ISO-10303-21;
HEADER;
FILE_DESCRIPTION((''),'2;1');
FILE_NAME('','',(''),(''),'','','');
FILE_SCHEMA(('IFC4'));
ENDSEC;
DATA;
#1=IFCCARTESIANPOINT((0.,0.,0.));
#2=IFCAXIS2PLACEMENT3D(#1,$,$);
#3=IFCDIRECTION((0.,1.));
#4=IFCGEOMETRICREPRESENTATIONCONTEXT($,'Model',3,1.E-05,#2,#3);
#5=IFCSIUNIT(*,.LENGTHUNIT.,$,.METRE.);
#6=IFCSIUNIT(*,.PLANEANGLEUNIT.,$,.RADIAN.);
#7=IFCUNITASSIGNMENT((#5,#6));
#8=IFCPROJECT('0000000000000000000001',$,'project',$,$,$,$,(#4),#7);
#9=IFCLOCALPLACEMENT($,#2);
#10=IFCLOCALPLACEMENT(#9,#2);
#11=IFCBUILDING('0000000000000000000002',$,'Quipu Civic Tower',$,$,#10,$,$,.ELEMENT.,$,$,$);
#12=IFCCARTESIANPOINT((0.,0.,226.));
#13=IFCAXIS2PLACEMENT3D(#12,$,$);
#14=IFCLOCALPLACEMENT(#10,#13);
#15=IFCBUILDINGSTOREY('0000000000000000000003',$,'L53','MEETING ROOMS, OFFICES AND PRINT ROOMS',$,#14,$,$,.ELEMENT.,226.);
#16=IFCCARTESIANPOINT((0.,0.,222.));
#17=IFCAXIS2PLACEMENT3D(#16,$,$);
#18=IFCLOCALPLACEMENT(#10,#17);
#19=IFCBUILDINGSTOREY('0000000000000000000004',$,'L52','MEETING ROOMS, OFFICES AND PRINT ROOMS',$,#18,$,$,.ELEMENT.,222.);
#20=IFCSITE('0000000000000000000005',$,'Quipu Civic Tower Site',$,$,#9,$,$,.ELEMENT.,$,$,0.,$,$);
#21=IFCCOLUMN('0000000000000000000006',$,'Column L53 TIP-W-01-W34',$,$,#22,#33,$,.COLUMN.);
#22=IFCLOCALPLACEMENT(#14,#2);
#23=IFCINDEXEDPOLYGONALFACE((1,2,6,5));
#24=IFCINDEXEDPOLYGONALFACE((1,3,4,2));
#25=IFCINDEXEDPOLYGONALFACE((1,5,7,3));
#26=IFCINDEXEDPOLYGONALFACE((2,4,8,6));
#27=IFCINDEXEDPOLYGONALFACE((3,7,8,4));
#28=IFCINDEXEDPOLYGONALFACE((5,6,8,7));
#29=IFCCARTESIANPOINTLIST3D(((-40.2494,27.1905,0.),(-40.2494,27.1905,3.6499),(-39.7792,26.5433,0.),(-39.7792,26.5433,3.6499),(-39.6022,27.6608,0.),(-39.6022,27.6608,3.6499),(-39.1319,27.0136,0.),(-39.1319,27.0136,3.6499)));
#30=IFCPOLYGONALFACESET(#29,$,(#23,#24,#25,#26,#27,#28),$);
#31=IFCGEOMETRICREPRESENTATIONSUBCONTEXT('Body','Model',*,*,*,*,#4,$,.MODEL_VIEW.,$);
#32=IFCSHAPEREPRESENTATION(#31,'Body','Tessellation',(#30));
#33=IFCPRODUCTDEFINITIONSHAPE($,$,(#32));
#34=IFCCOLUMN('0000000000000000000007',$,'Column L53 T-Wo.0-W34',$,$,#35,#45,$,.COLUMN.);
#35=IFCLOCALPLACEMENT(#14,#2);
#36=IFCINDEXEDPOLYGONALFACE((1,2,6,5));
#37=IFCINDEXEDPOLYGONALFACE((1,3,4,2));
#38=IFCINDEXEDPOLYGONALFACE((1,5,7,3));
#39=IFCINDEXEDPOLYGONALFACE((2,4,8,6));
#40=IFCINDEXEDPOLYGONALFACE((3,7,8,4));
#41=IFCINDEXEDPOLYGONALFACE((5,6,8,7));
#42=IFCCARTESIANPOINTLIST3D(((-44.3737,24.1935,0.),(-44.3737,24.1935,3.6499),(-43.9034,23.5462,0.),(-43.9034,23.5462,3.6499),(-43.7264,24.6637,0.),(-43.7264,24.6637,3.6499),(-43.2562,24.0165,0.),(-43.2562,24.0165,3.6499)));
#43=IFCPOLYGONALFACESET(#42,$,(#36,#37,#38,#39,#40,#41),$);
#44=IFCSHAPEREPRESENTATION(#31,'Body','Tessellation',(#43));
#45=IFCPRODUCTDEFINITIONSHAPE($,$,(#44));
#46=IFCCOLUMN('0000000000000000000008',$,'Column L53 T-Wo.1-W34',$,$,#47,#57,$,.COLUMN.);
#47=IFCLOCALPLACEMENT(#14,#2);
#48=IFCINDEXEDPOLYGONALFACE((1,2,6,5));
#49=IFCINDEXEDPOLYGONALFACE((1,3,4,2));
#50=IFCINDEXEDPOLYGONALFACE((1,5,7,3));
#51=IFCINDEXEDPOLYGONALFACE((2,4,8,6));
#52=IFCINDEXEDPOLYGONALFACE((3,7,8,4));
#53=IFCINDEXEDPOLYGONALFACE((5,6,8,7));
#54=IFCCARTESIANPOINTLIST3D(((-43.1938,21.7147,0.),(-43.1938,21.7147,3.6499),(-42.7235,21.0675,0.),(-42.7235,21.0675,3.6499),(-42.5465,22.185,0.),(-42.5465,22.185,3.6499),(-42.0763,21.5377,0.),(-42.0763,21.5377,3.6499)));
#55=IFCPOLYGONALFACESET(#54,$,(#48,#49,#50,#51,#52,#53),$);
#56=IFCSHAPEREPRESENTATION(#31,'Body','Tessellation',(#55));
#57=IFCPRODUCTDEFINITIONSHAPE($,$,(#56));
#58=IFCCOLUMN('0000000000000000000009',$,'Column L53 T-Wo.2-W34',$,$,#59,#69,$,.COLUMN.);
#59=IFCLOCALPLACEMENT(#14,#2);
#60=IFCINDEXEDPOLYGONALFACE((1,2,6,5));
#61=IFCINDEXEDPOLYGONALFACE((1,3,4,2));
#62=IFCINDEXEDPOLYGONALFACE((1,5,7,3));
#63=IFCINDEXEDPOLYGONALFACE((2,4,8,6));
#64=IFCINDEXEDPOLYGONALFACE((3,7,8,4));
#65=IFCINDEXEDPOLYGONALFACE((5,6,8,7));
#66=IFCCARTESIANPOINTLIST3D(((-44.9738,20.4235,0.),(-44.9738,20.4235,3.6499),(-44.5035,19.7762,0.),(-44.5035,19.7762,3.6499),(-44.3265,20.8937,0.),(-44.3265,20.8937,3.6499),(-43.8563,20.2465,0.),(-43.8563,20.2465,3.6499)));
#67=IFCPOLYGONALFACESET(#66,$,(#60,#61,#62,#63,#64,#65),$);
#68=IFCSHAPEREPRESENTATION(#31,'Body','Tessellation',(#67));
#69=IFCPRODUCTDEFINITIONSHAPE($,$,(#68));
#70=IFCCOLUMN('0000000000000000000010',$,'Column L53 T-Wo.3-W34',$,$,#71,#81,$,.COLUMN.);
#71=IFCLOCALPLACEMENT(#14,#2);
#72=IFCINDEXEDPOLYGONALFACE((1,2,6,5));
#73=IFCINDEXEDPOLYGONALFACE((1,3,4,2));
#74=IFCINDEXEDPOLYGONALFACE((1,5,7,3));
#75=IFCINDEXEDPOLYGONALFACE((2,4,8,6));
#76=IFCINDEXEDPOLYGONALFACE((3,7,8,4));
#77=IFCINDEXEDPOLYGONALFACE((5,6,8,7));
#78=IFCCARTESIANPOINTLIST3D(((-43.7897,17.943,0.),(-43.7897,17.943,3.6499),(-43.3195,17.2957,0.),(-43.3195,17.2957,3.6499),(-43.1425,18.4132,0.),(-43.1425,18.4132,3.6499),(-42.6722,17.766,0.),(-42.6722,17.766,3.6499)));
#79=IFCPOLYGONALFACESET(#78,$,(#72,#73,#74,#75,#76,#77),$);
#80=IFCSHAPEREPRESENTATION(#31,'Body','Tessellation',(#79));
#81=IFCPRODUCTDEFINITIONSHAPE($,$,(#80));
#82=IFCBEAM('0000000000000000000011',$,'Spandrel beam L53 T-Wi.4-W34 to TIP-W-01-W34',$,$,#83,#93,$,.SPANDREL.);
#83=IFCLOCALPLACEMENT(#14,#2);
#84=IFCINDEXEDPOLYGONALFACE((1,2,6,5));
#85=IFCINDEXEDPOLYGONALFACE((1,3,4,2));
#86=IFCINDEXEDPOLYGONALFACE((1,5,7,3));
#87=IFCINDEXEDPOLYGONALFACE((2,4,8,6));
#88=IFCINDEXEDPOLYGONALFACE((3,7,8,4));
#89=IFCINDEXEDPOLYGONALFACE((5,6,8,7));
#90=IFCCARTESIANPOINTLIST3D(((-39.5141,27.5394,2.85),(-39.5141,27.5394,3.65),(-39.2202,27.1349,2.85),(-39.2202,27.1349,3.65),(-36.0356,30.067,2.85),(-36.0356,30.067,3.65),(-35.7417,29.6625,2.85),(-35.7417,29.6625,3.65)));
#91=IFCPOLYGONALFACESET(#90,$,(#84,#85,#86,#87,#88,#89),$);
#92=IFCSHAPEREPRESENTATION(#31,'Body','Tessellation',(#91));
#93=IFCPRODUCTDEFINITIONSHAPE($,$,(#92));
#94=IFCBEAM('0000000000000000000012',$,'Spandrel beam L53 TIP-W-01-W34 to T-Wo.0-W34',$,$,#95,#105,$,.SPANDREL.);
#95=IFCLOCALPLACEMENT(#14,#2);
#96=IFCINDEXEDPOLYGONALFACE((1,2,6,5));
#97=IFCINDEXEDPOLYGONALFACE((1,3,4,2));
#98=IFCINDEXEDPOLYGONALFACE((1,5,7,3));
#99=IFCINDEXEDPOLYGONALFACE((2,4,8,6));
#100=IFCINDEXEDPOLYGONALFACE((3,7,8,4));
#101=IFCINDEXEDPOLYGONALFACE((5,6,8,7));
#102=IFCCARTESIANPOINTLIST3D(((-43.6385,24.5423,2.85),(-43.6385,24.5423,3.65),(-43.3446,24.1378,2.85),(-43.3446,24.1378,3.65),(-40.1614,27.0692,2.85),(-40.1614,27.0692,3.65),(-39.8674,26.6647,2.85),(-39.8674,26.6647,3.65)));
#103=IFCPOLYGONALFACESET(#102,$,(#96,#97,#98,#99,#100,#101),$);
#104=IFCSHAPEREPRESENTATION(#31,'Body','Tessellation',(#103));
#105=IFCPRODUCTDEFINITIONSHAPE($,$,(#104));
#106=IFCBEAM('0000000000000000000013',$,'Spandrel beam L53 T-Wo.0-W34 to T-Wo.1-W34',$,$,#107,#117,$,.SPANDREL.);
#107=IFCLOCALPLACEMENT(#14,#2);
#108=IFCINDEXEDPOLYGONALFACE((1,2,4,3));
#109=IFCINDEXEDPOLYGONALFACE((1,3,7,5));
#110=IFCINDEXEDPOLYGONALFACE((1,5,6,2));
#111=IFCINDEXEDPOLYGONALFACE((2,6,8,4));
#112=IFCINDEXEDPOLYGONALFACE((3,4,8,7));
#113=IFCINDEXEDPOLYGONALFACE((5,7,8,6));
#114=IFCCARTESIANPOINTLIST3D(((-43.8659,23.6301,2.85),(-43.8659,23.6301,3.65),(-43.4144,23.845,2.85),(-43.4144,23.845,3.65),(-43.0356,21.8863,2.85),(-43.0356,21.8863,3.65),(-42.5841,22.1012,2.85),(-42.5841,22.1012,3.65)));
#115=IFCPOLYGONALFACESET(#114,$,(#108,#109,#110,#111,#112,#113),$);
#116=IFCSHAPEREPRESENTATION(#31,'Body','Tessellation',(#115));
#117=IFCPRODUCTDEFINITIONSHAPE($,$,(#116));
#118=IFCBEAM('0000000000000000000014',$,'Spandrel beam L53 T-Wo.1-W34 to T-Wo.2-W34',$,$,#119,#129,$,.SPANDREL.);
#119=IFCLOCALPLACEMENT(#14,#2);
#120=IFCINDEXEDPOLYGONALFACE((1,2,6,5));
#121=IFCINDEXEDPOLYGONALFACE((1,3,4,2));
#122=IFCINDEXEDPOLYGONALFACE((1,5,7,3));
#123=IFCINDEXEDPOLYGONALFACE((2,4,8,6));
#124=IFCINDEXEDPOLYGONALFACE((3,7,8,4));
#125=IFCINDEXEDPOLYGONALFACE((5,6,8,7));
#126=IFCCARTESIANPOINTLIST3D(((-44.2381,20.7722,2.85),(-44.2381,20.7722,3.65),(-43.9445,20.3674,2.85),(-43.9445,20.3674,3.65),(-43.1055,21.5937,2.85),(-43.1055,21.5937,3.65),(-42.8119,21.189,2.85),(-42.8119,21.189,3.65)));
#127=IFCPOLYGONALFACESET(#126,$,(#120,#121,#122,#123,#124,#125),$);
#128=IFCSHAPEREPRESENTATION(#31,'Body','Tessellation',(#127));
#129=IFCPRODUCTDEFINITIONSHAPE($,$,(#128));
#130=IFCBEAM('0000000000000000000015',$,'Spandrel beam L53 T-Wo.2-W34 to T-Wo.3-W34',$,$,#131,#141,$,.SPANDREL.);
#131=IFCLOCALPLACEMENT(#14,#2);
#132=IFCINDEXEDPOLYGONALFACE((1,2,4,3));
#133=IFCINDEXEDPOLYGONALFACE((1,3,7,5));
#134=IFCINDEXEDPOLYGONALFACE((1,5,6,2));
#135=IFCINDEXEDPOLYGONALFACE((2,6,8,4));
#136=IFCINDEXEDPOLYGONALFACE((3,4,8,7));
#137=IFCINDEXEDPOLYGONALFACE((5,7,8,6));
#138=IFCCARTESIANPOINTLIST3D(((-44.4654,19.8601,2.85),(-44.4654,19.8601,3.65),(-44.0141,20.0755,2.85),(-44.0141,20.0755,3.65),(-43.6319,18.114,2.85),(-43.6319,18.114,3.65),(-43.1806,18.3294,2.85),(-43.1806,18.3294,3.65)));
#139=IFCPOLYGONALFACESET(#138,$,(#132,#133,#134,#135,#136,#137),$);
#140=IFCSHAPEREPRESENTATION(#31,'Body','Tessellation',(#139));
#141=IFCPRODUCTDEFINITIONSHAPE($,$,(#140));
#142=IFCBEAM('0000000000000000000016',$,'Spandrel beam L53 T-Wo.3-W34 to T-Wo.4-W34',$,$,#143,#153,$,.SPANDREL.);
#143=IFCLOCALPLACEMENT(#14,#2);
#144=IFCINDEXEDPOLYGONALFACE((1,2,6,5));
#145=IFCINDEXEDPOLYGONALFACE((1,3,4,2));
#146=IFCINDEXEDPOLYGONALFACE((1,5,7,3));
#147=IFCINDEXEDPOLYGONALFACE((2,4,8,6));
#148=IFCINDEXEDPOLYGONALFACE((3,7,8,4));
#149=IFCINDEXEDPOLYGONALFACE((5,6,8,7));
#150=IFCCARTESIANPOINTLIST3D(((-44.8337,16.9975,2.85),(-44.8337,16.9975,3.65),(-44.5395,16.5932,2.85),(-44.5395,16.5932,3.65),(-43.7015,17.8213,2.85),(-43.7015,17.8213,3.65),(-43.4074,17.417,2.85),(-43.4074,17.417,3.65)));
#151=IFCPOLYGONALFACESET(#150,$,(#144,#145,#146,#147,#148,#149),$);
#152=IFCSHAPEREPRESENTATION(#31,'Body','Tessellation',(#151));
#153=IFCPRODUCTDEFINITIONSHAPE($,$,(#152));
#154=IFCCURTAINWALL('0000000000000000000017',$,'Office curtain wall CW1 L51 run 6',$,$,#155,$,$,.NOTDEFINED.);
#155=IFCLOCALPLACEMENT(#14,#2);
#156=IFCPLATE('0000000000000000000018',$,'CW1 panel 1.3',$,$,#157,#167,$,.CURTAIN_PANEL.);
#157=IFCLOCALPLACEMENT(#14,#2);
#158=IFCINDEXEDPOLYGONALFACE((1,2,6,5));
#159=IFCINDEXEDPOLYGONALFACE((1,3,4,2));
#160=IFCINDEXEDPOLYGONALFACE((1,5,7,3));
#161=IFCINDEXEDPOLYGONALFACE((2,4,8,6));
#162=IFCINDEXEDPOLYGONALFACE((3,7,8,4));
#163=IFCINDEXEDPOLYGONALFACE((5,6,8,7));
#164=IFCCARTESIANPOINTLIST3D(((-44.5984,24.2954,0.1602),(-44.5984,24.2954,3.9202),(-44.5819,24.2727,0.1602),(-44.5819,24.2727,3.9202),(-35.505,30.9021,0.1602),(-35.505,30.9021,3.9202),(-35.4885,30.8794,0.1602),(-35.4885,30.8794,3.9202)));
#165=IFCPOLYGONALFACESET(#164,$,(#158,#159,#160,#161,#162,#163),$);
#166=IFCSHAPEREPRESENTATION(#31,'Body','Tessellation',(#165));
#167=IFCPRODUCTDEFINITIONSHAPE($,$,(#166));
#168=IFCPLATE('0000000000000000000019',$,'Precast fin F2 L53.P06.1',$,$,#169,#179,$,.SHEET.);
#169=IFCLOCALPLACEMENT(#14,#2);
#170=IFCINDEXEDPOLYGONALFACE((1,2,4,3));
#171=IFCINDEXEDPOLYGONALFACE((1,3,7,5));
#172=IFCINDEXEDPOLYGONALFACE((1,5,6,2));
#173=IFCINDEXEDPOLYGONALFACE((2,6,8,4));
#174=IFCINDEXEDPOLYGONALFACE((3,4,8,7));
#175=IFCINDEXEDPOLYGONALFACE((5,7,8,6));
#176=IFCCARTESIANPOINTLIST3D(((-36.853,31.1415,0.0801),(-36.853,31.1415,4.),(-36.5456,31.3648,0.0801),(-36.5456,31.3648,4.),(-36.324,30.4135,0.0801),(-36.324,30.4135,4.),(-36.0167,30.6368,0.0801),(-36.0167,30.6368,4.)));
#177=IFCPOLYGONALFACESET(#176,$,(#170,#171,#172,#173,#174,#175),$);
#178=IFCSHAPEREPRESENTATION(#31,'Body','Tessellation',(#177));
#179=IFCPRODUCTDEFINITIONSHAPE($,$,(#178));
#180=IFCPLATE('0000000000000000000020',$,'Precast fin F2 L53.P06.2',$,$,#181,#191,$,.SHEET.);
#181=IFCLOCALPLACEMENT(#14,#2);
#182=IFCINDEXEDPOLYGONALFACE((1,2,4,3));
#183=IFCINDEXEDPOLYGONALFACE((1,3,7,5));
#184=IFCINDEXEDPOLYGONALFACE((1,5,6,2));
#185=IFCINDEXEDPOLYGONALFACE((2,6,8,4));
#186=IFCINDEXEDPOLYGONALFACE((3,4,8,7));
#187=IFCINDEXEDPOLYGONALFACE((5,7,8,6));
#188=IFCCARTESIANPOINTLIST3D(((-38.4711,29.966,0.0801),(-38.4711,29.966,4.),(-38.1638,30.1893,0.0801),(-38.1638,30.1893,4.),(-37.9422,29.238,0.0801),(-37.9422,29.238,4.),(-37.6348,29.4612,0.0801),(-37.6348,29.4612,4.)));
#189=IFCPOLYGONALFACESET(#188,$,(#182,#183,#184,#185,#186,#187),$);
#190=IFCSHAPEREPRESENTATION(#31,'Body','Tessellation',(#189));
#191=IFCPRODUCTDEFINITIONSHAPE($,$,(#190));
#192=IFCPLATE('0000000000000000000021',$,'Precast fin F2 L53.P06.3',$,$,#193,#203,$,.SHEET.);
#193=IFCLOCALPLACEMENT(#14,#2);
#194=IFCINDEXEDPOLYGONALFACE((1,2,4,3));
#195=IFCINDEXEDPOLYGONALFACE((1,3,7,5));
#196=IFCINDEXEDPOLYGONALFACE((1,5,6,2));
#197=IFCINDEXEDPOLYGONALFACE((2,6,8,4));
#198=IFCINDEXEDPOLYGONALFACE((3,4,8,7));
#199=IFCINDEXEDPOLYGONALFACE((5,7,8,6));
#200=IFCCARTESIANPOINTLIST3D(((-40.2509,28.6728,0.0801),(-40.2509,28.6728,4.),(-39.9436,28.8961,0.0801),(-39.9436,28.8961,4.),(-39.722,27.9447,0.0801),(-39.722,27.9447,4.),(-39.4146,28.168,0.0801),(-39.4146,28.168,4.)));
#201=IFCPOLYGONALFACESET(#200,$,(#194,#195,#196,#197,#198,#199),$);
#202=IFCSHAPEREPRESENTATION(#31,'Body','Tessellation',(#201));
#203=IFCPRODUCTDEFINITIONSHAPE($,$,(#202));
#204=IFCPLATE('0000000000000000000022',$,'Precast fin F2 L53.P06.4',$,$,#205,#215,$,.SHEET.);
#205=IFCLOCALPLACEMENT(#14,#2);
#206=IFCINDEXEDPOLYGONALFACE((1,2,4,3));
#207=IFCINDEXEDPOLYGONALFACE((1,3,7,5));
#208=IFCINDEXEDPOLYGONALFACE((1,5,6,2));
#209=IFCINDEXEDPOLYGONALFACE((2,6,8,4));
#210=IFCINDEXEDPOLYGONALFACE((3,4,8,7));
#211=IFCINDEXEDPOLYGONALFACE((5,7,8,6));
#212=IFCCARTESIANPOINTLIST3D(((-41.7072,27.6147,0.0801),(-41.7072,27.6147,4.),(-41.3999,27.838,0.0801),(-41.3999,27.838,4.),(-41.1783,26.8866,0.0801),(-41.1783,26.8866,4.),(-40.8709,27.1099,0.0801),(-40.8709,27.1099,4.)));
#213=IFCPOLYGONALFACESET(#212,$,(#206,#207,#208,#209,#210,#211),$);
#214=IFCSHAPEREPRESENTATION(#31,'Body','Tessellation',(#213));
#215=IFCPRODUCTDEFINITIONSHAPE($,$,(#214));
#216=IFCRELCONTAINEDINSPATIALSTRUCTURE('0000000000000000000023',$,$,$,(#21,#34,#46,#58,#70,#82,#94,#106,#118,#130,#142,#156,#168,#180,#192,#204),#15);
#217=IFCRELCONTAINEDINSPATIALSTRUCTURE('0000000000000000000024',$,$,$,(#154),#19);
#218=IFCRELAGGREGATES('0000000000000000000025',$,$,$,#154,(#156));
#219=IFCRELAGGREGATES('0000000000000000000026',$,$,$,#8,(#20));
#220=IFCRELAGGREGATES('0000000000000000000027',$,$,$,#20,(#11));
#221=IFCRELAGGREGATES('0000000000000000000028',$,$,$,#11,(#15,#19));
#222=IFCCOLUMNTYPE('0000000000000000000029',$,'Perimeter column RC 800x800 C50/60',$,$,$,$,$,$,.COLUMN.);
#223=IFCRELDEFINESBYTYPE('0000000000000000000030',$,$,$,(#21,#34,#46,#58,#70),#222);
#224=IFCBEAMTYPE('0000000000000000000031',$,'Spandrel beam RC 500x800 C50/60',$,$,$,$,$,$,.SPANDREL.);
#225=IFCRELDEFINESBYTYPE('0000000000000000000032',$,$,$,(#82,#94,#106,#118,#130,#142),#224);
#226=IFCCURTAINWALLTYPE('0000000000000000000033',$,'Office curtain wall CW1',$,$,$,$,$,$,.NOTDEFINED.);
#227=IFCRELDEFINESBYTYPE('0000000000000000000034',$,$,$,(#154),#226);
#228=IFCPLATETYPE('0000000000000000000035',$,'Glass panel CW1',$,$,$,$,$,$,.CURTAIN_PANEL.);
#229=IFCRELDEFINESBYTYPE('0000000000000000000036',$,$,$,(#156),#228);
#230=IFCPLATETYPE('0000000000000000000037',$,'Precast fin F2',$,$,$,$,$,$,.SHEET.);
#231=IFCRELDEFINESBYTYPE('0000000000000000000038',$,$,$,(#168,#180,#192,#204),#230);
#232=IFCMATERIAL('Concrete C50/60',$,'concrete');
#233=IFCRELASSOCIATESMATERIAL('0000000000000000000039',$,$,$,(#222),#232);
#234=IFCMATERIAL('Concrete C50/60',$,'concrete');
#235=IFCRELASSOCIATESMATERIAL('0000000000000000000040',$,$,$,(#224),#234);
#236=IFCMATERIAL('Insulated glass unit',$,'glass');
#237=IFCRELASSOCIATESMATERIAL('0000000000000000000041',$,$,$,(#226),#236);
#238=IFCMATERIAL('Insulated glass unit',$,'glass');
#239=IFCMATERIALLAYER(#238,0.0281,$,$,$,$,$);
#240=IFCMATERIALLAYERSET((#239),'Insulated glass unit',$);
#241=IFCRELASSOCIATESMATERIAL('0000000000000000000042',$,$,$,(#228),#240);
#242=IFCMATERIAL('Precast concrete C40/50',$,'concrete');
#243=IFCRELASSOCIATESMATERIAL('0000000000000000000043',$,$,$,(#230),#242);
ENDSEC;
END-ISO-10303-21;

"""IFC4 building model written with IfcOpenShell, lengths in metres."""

from ifc_helpers import new_model, si_unit, direction, frame, origin, origin_2d, place, context, subcontext, project, spatial, rectangle, extrude, material, layer, layer_set, material_profile, profile_set, type_object, element, aggregate, save


model = new_model("IFC4")

# Units and contexts
model_context = context("Model", 3, precision=1e-05, world=origin(), true_north=direction((0.0, 1.0)))
body_context = subcontext(model_context, "Body", "Model", "MODEL_VIEW")
ifc_project = project(units=[si_unit("LENGTHUNIT", "METRE"), si_unit("PLANEANGLEUNIT", "RADIAN")], contexts=[model_context])

# Site, building, storey
site_placement = place(None, origin())
site = spatial("IfcSite", under=ifc_project, at=site_placement, Name="Quipu Civic Tower Site", CompositionType="ELEMENT", RefElevation=0.0)
building_placement = place(site_placement, origin())
building = spatial("IfcBuilding", under=site, at=building_placement, Name="Quipu Civic Tower", CompositionType="ELEMENT")
storey_1_placement = place(building_placement, frame((0.0, 0.0, 226.0)))
storey_1 = spatial("IfcBuildingStorey", under=building, at=storey_1_placement, Name="L53", Description="MEETING ROOMS, OFFICES AND PRINT ROOMS", CompositionType="ELEMENT", Elevation=226.0)

# Columns
ifc_material_1 = material(Name="Concrete C50/60", Category="concrete")
ifc_material_profile_1 = material_profile(ifc_material_1, rectangle(XDim=0.8, YDim=0.8, at=origin_2d()), Name="RC800x800")
ifc_profile_set_1 = profile_set([ifc_material_profile_1], Name="Concrete C50/60")
column_type = type_object("IfcColumnType", Name="Perimeter column RC 800x800 C50/60", PredefinedType="COLUMN", material=ifc_profile_set_1)
for number, where, z_axis, x_axis, name in (
    (1, (-39.6907, 27.1021, 0.0), (0.0, 0.0, 1.0), (-0.809017, -0.587785, 0.0), "Column L53 TIP-W-01-W34"),
    (2, (-43.8149, 24.105, 0.0), (0.0, 0.0, 1.0), (-0.809017, -0.587785, 0.0), "Column L53 T-Wo.0-W34"),
    (3, (-42.635, 21.6262, 0.0), (0.0, 0.0, 1.0), (-0.809017, -0.587785, 0.0), "Column L53 T-Wo.1-W34"),
    (4, (-44.415, 20.335, 0.0), (0.0, 0.0, 1.0), (0.587785, -0.809017, 0.0), "Column L53 T-Wo.2-W34"),
    (5, (-43.231, 17.8545, 0.0), (0.0, 0.0, 1.0), (0.587785, -0.809017, 0.0), "Column L53 T-Wo.3-W34"),
):
    element("IfcColumn", number, at=place(storey_1_placement, frame(where, z_axis=z_axis, x_axis=x_axis)), inside=storey_1, type_object=column_type, Name=name, PredefinedType="COLUMN", context=body_context, shape_type="SweptSolid", body=[
        extrude(rectangle(XDim=0.8, YDim=0.8, at=origin_2d()), origin(), (0.0, 0.0, 1.0), 3.6499),
    ])

# Beams
ifc_material_2 = material(Name="Concrete C50/60", Category="concrete")
ifc_material_profile_2 = material_profile(ifc_material_2, rectangle(XDim=0.5, YDim=0.8, at=origin_2d()), Name="RC500x800")
ifc_profile_set_2 = profile_set([ifc_material_profile_2], Name="Concrete C50/60")
beam_type = type_object("IfcBeamType", Name="Spandrel beam RC 500x800 C50/60", PredefinedType="SPANDREL", material=ifc_profile_set_2)
beam_1_placement = place(storey_1_placement, frame((-35.8887, 29.8647, 3.25), z_axis=(-0.808984, -0.587831, 0.0), x_axis=(0.587831, -0.808984, 0.0)))
element("IfcBeam", 6, at=beam_1_placement, inside=storey_1, type_object=beam_type, Name="Spandrel beam L53 T-Wi.4-W34 to TIP-W-01-W34", PredefinedType="SPANDREL", context=body_context, shape_type="SweptSolid", body=[
    extrude(rectangle(XDim=0.5, YDim=0.8, at=origin_2d()), origin(), (0.0, 0.0, 1.0), 4.2998),
])
beam_2_placement = place(storey_1_placement, frame((-40.0144, 26.8669, 3.25), z_axis=(-0.808947, -0.587881, 0.0), x_axis=(0.587881, -0.808947, 0.0)))
element("IfcBeam", 7, at=beam_2_placement, inside=storey_1, type_object=beam_type, Name="Spandrel beam L53 TIP-W-01-W34 to T-Wo.0-W34", PredefinedType="SPANDREL", context=body_context, shape_type="SweptSolid", body=[
    extrude(rectangle(XDim=0.5, YDim=0.8, at=origin_2d()), origin(), (0.0, 0.0, 1.0), 4.2983),
])
beam_3_placement = place(storey_1_placement, frame((-43.6401, 23.7375, 3.25), z_axis=(0.429889, -0.902882, 0.0), x_axis=(0.902882, 0.429889, 0.0)))
element("IfcBeam", 8, at=beam_3_placement, inside=storey_1, type_object=beam_type, Name="Spandrel beam L53 T-Wo.0-W34 to T-Wo.1-W34", PredefinedType="SPANDREL", context=body_context, shape_type="SweptSolid", body=[
    extrude(rectangle(XDim=0.5, YDim=0.8, at=origin_2d()), origin(), (0.0, 0.0, 1.0), 1.9314),
])
beam_4_placement = place(storey_1_placement, frame((-42.9587, 21.3914, 3.25), z_axis=(-0.809467, -0.587165, 0.0), x_axis=(0.587165, -0.809467, 0.0)))
element("IfcBeam", 9, at=beam_4_placement, inside=storey_1, type_object=beam_type, Name="Spandrel beam L53 T-Wo.1-W34 to T-Wo.2-W34", PredefinedType="SPANDREL", context=body_context, shape_type="SweptSolid", body=[
    extrude(rectangle(XDim=0.5, YDim=0.8, at=origin_2d()), origin(), (0.0, 0.0, 1.0), 1.3992),
])
beam_5_placement = place(storey_1_placement, frame((-44.2397, 19.9678, 3.25), z_axis=(0.430786, -0.902454, 0.0), x_axis=(0.902454, 0.430786, 0.0)))
element("IfcBeam", 10, at=beam_5_placement, inside=storey_1, type_object=beam_type, Name="Spandrel beam L53 T-Wo.2-W34 to T-Wo.3-W34", PredefinedType="SPANDREL", context=body_context, shape_type="SweptSolid", body=[
    extrude(rectangle(XDim=0.5, YDim=0.8, at=origin_2d()), origin(), (0.0, 0.0, 1.0), 1.9348),
])
beam_6_placement = place(storey_1_placement, frame((-43.5544, 17.6191, 3.25), z_axis=(-0.8086, -0.588358, 0.0), x_axis=(0.588358, -0.8086, 0.0)))
element("IfcBeam", 11, at=beam_6_placement, inside=storey_1, type_object=beam_type, Name="Spandrel beam L53 T-Wo.3-W34 to T-Wo.4-W34", PredefinedType="SPANDREL", context=body_context, shape_type="SweptSolid", body=[
    extrude(rectangle(XDim=0.5, YDim=0.8, at=origin_2d()), origin(), (0.0, 0.0, 1.0), 1.4001),
])

# Shared definitions
storey_2_placement = place(building_placement, frame((0.0, 0.0, 222.0)))
storey_2 = spatial("IfcBuildingStorey", under=building, at=storey_2_placement, Name="L52", Description="MEETING ROOMS, OFFICES AND PRINT ROOMS", CompositionType="ELEMENT", Elevation=222.0)

# Curtain wall, plate
ifc_material_3 = material(Name="Insulated glass unit", Category="glass")
curtain_wall_type = type_object("IfcCurtainWallType", Name="Office curtain wall CW1", PredefinedType="NOTDEFINED", material=ifc_material_3)
curtain_wall_placement = place(storey_2_placement, origin())
curtain_wall = element("IfcCurtainWall", 12, at=curtain_wall_placement, inside=storey_2, type_object=curtain_wall_type, Name="Office curtain wall CW1 L51 run 6", PredefinedType="NOTDEFINED")
ifc_material_4 = material(Name="Insulated glass unit", Category="glass")
ifc_layer = layer(ifc_material_4, 0.0281)
ifc_layer_set = layer_set([ifc_layer], Name="Insulated glass unit")
plate_type_1 = type_object("IfcPlateType", Name="Glass panel CW1", PredefinedType="CURTAIN_PANEL", material=ifc_layer_set)
plate_placement = place(storey_1_placement, frame((-40.0435, 27.5874, 0.1602), z_axis=(0.0, 0.0, 1.0), x_axis=(-0.809015, -0.587788, 0.0)))
plate = element("IfcPlate", 13, at=plate_placement, inside=storey_1, type_object=plate_type_1, Name="CW1 panel 1.3", PredefinedType="CURTAIN_PANEL", context=body_context, shape_type="SweptSolid", body=[
    extrude(rectangle(XDim=11.24, YDim=0.0281, at=origin_2d()), origin(), (0.0, 0.0, 1.0), 3.76),
])
aggregate(curtain_wall, [plate])

# Plates
ifc_material_5 = material(Name="Precast concrete C40/50", Category="concrete")
plate_type_2 = type_object("IfcPlateType", Name="Precast fin F2", PredefinedType="SHEET", material=ifc_material_5)
for number, where, z_axis, x_axis, name in (
    (14, (-36.4348, 30.8892, 0.0801), (0.0, 0.0, 1.0), (-0.809017, -0.587785, 0.0), "Precast fin F2 L53.P06.1"),
    (15, (-38.053, 29.7136, 0.0801), (0.0, 0.0, 1.0), (-0.809017, -0.587785, 0.0), "Precast fin F2 L53.P06.2"),
    (16, (-39.8328, 28.4204, 0.0801), (0.0, 0.0, 1.0), (-0.809017, -0.587785, 0.0), "Precast fin F2 L53.P06.3"),
    (17, (-41.2891, 27.3623, 0.0801), (0.0, 0.0, 1.0), (-0.809017, -0.587785, 0.0), "Precast fin F2 L53.P06.4"),
):
    element("IfcPlate", number, at=place(storey_1_placement, frame(where, z_axis=z_axis, x_axis=x_axis)), inside=storey_1, type_object=plate_type_2, Name=name, PredefinedType="SHEET", context=body_context, shape_type="SweptSolid", body=[
        extrude(rectangle(XDim=0.3799, YDim=0.8999, at=origin_2d()), origin(), (0.0, 0.0, 1.0), 3.9199),
    ])

save(model, "model.ifc")
